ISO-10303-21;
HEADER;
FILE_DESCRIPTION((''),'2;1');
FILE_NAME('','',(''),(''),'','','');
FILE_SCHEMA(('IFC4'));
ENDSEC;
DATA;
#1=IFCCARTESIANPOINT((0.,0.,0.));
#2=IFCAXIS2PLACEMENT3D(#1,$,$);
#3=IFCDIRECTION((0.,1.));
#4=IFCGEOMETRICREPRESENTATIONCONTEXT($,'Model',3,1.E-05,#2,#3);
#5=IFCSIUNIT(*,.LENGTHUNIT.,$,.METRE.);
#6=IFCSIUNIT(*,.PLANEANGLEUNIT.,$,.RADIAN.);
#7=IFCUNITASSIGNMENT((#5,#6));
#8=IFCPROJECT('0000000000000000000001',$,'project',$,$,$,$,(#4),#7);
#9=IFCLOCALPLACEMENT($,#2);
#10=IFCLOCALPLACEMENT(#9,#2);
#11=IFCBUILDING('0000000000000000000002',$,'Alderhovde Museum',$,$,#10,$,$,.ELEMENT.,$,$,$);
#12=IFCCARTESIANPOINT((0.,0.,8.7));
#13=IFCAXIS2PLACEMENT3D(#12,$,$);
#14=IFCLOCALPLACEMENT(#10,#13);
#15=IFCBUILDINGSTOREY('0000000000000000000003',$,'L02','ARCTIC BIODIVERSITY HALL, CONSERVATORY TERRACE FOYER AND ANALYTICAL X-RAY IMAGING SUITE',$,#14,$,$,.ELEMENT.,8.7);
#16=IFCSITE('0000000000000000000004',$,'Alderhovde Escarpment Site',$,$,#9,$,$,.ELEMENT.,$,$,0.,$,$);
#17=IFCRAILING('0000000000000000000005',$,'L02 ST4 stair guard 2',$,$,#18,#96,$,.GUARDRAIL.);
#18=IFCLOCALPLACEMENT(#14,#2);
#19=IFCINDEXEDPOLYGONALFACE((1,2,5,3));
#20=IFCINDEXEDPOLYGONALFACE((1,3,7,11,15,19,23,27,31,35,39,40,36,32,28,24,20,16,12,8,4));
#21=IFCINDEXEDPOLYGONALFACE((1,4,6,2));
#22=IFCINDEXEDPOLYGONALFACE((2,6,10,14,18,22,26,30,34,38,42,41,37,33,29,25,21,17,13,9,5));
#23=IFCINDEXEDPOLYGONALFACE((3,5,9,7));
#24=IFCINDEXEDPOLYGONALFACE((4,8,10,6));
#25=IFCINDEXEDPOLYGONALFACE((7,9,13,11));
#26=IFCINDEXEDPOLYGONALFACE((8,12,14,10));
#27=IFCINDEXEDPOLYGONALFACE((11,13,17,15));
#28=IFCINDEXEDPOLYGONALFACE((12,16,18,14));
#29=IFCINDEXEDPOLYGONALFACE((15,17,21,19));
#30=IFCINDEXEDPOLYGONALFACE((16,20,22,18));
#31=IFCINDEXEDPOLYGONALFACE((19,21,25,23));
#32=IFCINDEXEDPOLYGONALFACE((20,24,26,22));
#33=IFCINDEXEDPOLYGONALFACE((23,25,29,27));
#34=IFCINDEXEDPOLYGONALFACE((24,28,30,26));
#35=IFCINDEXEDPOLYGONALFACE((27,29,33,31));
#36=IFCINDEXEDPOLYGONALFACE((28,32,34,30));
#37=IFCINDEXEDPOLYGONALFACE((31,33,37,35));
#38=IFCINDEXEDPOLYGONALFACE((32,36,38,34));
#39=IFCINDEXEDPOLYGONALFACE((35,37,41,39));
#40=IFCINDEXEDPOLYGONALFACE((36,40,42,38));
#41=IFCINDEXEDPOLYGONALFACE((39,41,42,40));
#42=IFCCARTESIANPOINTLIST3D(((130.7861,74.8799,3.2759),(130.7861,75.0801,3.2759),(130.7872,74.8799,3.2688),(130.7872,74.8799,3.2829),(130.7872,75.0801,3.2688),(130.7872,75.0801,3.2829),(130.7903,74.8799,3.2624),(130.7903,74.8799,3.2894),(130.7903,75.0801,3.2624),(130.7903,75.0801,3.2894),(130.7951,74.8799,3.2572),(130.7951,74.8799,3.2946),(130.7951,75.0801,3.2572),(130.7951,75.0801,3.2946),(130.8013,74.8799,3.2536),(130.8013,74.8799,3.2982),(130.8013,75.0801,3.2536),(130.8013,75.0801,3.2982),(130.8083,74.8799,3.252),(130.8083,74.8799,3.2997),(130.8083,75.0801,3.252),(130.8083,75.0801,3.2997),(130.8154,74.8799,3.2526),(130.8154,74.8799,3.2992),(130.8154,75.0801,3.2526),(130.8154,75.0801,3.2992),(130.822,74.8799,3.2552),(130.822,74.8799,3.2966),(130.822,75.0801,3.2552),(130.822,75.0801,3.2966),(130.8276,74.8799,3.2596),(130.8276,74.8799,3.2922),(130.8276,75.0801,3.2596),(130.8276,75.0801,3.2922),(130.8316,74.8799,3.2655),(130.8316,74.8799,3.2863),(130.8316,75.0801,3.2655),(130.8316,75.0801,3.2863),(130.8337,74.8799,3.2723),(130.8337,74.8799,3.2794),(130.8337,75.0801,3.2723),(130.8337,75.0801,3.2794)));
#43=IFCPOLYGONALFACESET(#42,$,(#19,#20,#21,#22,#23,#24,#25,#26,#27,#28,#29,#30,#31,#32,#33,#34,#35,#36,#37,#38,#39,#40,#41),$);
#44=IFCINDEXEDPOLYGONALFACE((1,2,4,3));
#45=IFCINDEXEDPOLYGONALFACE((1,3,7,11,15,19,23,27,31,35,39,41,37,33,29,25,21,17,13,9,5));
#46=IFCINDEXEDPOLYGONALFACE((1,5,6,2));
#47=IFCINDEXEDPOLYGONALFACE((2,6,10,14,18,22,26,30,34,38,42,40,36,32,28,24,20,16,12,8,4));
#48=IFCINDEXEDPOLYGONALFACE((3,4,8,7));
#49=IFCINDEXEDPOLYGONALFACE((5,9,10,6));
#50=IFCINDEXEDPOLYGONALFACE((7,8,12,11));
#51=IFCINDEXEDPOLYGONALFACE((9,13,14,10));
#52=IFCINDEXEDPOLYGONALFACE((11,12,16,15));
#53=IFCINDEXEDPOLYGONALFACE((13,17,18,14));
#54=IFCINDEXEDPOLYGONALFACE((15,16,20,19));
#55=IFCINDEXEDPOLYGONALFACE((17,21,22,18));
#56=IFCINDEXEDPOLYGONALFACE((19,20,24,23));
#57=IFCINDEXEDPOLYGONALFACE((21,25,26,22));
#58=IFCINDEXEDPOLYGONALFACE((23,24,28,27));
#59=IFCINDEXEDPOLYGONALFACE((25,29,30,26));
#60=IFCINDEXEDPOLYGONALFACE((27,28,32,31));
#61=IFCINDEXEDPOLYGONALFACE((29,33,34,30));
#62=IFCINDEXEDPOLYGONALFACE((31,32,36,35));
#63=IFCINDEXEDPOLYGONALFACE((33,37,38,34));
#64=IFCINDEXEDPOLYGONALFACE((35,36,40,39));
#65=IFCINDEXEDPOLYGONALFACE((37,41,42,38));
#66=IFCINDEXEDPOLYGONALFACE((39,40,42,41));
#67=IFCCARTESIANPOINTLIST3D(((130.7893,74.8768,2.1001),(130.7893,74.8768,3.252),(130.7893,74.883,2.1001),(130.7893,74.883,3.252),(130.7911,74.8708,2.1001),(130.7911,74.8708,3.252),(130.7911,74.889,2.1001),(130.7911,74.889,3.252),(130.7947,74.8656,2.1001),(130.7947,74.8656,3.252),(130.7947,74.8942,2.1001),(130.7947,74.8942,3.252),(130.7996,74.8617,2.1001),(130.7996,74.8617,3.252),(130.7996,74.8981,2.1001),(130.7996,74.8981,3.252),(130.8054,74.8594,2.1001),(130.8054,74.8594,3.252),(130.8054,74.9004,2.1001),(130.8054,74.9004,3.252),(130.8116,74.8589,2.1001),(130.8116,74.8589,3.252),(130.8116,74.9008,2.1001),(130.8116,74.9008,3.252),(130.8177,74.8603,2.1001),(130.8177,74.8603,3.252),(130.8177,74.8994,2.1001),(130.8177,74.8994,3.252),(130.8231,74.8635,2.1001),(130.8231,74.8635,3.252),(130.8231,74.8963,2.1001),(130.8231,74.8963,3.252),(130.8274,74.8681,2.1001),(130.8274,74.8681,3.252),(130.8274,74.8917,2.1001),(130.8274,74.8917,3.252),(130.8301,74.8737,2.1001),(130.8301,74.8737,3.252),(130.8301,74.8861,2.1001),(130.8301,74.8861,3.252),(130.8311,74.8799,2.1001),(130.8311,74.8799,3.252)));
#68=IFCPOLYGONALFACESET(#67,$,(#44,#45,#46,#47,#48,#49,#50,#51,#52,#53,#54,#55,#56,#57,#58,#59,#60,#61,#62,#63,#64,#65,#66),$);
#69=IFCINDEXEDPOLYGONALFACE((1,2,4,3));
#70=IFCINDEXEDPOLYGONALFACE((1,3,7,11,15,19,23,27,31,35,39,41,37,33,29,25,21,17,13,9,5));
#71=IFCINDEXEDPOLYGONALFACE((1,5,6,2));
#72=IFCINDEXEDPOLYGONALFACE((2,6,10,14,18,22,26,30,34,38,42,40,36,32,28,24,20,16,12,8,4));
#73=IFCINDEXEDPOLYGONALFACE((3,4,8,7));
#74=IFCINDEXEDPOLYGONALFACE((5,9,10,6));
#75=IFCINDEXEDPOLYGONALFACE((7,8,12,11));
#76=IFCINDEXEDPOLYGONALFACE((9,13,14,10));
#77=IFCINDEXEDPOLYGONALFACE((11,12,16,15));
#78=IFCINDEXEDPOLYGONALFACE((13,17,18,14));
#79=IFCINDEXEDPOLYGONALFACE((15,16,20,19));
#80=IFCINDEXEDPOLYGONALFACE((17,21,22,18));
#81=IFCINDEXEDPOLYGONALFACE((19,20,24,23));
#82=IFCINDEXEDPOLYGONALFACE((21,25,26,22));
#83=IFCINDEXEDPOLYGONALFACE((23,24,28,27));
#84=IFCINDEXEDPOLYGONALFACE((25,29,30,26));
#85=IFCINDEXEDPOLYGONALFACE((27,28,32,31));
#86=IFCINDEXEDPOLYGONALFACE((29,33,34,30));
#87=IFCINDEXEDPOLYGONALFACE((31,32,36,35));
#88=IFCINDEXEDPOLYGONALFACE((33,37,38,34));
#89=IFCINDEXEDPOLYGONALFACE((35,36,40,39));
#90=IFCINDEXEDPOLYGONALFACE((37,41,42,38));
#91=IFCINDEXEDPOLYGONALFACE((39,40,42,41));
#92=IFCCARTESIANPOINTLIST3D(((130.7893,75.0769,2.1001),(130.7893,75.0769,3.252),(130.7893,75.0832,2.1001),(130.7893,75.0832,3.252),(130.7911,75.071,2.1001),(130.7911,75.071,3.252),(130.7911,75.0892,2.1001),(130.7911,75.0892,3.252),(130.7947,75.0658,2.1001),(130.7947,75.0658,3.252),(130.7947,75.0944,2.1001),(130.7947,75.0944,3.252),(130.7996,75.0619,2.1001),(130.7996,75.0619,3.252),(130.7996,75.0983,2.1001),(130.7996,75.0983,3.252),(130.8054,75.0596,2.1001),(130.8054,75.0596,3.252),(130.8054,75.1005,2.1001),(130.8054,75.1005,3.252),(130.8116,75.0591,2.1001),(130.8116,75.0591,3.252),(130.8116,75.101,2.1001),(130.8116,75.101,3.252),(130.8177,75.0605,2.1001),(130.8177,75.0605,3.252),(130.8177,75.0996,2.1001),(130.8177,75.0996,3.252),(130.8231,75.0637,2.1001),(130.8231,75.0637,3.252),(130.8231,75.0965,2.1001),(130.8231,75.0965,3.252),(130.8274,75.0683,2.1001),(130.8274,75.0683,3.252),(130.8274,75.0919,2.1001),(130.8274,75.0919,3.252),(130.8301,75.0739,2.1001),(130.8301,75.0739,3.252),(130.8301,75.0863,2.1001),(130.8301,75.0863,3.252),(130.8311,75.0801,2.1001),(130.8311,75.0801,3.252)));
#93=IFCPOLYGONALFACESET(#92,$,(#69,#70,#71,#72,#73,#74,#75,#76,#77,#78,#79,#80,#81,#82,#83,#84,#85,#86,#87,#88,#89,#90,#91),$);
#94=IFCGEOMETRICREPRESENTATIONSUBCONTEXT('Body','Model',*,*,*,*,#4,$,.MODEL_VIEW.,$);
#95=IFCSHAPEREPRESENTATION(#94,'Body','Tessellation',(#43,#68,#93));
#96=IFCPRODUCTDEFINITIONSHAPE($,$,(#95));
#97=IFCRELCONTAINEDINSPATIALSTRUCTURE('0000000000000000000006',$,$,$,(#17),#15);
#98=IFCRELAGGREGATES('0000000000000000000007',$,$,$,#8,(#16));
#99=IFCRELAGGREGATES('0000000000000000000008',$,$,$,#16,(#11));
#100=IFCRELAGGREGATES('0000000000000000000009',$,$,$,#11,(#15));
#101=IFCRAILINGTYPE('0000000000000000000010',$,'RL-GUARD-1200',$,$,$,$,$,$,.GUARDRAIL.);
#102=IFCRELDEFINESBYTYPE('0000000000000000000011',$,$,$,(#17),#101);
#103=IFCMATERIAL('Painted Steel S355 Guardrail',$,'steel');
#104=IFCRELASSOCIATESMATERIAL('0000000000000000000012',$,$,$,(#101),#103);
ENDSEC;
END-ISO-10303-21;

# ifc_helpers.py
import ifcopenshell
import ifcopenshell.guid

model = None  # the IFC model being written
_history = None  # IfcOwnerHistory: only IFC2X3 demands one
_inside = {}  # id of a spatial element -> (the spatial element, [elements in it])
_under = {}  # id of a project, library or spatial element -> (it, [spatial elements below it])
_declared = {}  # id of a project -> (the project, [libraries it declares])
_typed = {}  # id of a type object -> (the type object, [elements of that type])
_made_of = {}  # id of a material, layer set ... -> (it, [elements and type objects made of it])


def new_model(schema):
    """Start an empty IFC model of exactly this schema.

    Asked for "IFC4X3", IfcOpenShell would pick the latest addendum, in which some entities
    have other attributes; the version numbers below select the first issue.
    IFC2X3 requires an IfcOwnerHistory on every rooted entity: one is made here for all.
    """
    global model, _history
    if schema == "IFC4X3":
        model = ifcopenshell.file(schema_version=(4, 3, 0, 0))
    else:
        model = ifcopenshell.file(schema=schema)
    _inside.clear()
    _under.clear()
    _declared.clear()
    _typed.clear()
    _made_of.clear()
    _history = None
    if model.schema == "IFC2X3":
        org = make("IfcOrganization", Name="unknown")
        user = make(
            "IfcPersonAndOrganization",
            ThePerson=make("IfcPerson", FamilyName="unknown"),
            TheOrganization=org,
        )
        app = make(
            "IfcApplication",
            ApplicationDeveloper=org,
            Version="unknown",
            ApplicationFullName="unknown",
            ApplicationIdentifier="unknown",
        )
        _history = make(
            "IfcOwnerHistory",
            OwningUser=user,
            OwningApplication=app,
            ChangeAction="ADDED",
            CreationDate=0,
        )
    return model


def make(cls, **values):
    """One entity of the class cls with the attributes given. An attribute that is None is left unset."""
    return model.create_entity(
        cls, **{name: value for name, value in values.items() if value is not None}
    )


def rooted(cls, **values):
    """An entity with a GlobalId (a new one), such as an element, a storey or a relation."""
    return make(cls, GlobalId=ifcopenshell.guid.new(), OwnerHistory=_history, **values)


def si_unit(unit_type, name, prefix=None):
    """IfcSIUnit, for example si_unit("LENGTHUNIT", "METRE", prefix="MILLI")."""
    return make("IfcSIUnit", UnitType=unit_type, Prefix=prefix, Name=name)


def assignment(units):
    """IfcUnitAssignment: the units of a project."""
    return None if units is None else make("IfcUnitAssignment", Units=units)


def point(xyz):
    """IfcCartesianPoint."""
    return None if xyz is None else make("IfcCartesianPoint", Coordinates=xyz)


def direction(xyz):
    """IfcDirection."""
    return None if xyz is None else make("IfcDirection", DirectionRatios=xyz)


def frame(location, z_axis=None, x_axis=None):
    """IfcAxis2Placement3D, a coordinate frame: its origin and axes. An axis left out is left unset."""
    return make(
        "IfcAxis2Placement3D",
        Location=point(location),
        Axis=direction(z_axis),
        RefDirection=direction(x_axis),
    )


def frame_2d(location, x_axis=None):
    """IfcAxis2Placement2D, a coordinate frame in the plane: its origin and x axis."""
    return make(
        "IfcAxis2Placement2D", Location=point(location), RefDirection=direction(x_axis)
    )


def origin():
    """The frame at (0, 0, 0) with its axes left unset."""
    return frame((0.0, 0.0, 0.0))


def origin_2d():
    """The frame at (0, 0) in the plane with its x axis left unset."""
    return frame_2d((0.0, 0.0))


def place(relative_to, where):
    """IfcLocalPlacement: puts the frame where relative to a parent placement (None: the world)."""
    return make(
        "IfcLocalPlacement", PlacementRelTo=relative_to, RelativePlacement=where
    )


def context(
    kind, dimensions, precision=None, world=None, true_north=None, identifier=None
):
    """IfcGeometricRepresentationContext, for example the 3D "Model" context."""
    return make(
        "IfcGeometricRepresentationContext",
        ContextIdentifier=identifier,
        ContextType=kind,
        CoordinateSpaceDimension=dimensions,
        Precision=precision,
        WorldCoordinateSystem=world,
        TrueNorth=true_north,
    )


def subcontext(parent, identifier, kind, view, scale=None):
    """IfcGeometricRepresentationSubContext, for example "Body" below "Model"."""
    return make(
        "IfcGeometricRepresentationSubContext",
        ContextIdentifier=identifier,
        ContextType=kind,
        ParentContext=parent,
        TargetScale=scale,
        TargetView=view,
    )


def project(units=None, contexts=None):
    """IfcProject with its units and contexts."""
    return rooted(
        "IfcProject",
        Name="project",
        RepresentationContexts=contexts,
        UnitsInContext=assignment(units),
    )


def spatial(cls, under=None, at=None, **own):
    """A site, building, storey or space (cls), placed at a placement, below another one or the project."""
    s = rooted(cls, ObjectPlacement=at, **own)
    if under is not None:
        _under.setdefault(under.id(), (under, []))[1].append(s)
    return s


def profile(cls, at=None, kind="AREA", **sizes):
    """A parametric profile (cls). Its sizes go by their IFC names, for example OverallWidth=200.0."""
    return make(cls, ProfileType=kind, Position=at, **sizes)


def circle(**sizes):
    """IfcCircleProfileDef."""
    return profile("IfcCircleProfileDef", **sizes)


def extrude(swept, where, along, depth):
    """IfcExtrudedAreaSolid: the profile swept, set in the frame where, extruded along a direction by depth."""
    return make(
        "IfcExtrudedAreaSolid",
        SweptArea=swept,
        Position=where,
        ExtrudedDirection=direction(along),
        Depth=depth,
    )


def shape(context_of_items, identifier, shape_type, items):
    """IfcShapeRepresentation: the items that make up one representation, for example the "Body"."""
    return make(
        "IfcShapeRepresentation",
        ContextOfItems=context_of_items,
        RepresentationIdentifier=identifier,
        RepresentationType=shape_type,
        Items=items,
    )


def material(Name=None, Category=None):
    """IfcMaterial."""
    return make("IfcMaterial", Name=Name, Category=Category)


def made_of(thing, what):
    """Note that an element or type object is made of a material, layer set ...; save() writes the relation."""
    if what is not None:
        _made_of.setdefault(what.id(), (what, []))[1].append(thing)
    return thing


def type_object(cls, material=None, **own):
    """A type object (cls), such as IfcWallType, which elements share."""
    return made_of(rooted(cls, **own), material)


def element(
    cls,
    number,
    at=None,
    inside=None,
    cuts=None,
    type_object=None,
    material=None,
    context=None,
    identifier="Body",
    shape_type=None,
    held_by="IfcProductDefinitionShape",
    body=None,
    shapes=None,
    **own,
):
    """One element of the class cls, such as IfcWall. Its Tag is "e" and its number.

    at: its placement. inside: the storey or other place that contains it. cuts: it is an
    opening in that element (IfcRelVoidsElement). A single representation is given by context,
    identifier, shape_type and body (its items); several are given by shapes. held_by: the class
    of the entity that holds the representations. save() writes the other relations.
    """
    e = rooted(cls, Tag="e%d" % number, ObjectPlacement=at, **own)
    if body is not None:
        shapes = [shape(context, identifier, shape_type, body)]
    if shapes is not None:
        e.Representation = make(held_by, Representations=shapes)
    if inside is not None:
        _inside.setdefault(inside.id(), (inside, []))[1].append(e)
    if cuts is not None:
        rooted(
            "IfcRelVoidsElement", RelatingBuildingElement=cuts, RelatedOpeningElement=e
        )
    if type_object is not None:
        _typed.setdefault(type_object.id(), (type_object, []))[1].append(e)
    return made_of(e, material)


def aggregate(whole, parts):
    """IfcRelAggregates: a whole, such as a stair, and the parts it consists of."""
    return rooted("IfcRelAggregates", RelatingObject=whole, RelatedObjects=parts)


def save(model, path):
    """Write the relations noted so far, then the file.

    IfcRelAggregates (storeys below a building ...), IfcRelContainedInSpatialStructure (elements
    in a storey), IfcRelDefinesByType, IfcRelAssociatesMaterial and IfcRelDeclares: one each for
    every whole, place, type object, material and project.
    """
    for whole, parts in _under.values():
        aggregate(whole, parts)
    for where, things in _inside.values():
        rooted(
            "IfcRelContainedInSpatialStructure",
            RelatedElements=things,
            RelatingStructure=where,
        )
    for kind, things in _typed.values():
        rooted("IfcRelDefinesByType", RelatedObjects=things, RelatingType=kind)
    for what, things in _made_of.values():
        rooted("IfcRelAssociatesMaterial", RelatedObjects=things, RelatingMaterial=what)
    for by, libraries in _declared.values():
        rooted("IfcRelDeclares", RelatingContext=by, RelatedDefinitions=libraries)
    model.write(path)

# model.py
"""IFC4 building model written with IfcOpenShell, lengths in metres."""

from ifc_helpers import new_model, si_unit, direction, frame, origin, origin_2d, place, context, subcontext, project, spatial, circle, extrude, material, type_object, element, save


model = new_model("IFC4")

# Units and contexts
model_context = context("Model", 3, precision=1e-05, world=origin(), true_north=direction((0.0, 1.0)))
body_context = subcontext(model_context, "Body", "Model", "MODEL_VIEW")
ifc_project = project(units=[si_unit("LENGTHUNIT", "METRE"), si_unit("PLANEANGLEUNIT", "RADIAN")], contexts=[model_context])

# Site, building, storey
site_placement = place(None, origin())
site = spatial("IfcSite", under=ifc_project, at=site_placement, Name="Alderhovde Escarpment Site", CompositionType="ELEMENT", RefElevation=0.0)
building_placement = place(site_placement, origin())
building = spatial("IfcBuilding", under=site, at=building_placement, Name="Alderhovde Museum", CompositionType="ELEMENT")
storey_placement = place(building_placement, frame((0.0, 0.0, 8.7)))
storey = spatial("IfcBuildingStorey", under=building, at=storey_placement, Name="L02", Description="ARCTIC BIODIVERSITY HALL, CONSERVATORY TERRACE FOYER AND ANALYTICAL X-RAY IMAGING SUITE", CompositionType="ELEMENT", Elevation=8.7)

# Railing
ifc_material_1 = material(Name="Painted Steel S355 Guardrail", Category="steel")
railing_type_1 = type_object("IfcRailingType", Name="RL-GUARD-1200", PredefinedType="GUARDRAIL", material=ifc_material_1)
railing_1_placement = place(storey_placement, frame((130.8101, 74.8799, 2.1001)))
element("IfcRailing", 1, at=railing_1_placement, inside=storey, type_object=railing_type_1, Name="L02 ST4 stair guard 2", PredefinedType="GUARDRAIL", context=body_context, shape_type="SweptSolid", body=[
    extrude(circle(Radius=0.0239, at=origin_2d()), frame((0.0, 0.0, 1.1758), z_axis=(0.0, 1.0, 0.0), x_axis=(-1.0, 0.0, 0.0)), (0.0, 0.0, 1.0), 0.2002),
    extrude(circle(Radius=0.021, at=origin_2d()), origin(), (0.0, 0.0, 1.0), 1.1519),
    extrude(circle(Radius=0.021, at=origin_2d()), frame((0.0, 0.2002, 0.0)), (0.0, 0.0, 1.0), 1.1519),
])

save(model, "model.ifc")
